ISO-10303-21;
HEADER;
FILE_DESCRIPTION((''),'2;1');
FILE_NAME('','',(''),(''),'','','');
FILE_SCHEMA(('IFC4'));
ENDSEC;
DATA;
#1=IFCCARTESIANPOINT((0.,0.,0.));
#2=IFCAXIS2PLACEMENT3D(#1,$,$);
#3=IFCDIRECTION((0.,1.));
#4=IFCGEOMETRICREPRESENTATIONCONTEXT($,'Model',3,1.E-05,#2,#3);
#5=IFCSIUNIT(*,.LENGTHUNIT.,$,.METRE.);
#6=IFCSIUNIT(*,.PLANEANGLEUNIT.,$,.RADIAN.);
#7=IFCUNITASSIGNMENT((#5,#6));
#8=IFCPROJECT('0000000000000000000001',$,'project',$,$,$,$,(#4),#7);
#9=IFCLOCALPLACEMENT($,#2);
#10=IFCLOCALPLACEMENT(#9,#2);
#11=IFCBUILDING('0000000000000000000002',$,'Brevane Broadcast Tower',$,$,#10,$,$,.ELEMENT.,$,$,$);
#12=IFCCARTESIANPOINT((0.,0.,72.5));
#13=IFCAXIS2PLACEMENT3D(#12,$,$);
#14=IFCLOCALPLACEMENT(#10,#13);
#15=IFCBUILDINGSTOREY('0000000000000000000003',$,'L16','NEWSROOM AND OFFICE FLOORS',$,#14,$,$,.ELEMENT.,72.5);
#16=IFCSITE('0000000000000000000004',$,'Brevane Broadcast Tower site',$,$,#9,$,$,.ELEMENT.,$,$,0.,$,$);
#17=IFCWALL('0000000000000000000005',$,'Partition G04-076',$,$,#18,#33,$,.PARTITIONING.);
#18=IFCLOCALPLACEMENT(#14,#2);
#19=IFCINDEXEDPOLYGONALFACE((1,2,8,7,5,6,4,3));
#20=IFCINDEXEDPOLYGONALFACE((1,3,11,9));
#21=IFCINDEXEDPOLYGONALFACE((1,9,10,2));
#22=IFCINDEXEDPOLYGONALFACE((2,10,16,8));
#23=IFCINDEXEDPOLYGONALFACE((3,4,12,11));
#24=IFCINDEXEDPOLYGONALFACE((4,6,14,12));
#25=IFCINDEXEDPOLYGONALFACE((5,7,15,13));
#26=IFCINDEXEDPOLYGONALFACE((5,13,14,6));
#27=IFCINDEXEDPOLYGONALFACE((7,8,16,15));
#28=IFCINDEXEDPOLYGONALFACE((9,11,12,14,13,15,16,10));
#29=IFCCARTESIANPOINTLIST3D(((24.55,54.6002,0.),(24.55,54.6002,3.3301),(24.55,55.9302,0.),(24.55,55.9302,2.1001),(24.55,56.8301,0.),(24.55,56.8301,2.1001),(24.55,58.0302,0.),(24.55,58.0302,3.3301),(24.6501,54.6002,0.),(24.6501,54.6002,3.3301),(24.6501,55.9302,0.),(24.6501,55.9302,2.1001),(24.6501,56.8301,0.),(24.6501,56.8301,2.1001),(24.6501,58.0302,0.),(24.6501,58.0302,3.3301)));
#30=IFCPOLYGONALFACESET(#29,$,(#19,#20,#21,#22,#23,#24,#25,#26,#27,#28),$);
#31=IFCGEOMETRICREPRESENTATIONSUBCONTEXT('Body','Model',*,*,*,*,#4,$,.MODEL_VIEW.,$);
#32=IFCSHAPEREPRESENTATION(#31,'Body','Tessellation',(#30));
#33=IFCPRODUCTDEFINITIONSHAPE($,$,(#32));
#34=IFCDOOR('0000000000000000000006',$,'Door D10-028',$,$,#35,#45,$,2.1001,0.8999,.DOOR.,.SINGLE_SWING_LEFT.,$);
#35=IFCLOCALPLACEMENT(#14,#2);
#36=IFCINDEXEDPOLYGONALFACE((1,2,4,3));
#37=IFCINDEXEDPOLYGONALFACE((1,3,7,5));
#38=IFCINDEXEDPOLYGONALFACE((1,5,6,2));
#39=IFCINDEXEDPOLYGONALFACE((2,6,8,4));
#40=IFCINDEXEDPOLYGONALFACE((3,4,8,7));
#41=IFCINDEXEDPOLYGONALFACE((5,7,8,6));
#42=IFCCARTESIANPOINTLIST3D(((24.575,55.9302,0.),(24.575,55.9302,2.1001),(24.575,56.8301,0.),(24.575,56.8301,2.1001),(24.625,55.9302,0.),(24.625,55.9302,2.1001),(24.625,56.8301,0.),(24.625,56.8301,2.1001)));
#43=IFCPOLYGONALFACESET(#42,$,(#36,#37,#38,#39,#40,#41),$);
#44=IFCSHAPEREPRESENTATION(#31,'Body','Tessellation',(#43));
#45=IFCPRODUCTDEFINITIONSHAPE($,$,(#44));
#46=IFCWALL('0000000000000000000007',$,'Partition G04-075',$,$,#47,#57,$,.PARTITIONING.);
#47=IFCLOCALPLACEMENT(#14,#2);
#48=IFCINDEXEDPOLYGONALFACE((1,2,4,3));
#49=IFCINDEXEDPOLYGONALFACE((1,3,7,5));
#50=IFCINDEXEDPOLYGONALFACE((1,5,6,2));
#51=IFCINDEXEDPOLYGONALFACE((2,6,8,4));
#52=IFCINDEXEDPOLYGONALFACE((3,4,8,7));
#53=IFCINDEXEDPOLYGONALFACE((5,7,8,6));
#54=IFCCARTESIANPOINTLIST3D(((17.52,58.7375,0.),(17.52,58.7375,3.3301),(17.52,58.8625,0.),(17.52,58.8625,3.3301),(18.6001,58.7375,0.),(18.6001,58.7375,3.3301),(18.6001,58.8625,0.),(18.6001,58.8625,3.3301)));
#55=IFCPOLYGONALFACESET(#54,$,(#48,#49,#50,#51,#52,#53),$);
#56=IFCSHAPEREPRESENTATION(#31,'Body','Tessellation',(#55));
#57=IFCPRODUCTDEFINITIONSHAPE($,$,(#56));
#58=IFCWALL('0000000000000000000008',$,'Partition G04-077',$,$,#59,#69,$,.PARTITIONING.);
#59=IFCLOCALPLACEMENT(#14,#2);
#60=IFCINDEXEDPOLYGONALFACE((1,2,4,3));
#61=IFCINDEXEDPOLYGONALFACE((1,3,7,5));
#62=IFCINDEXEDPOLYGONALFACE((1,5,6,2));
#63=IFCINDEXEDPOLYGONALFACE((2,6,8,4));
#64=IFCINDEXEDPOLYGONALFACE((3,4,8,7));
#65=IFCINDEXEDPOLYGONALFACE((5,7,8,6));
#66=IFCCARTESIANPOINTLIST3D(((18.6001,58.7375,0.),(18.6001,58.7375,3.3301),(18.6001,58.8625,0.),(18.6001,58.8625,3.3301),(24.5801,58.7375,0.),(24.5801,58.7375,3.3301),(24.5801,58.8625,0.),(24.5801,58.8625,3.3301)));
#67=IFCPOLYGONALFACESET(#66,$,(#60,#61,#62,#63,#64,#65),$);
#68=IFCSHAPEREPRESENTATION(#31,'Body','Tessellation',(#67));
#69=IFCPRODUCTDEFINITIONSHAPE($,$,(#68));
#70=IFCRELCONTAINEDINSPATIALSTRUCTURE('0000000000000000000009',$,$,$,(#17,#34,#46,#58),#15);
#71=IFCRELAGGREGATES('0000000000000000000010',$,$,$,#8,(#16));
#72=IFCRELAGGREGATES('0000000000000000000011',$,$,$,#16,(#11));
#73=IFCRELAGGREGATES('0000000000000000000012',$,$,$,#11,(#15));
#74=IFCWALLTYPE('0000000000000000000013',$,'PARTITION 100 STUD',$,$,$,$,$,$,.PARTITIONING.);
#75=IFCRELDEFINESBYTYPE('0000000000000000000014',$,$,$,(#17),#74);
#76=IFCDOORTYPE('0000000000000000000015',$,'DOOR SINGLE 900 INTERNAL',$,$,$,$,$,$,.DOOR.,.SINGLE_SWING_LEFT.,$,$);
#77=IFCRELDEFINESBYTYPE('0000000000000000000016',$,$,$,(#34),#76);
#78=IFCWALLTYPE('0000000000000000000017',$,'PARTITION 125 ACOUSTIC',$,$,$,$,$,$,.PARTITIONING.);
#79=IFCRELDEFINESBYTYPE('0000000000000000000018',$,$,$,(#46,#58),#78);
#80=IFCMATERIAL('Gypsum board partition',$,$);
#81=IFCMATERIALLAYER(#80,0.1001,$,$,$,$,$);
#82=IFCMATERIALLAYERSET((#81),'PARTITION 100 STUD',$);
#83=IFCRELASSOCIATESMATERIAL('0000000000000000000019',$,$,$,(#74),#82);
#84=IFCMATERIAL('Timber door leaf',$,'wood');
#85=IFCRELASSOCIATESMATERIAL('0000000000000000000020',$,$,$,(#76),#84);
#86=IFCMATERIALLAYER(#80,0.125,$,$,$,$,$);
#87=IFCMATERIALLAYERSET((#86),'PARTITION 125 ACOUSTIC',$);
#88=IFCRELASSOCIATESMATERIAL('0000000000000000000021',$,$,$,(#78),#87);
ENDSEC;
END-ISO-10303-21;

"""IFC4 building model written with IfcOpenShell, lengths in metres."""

from ifc_helpers import new_model, si_unit, direction, frame, frame_2d, origin, place, context, subcontext, project, spatial, rectangle, extrude, material, layer, layer_set, type_object, element, fill, save


model = new_model("IFC4")

# Units and contexts
model_context = context("Model", 3, precision=1e-05, world=origin(), true_north=direction((0.0, 1.0)))
body_context = subcontext(model_context, "Body", "Model", "MODEL_VIEW")
ifc_project = project(units=[si_unit("LENGTHUNIT", "METRE"), si_unit("PLANEANGLEUNIT", "RADIAN")], contexts=[model_context])

# Site, building, storey
site_placement = place(None, origin())
site = spatial("IfcSite", under=ifc_project, at=site_placement, Name="Brevane Broadcast Tower site", CompositionType="ELEMENT", RefElevation=0.0)
building_placement = place(site_placement, origin())
building = spatial("IfcBuilding", under=site, at=building_placement, Name="Brevane Broadcast Tower", CompositionType="ELEMENT")
storey_placement = place(building_placement, frame((0.0, 0.0, 72.5)))
storey = spatial("IfcBuildingStorey", under=building, at=storey_placement, Name="L16", Description="NEWSROOM AND OFFICE FLOORS", CompositionType="ELEMENT", Elevation=72.5)

# Shared definitions
ifc_material_1 = material(Name="Gypsum board partition")
ifc_layer_1 = layer(ifc_material_1, 0.1001)
ifc_layer_set_1 = layer_set([ifc_layer_1], Name="PARTITION 100 STUD")
wall_type_1 = type_object("IfcWallType", Name="PARTITION 100 STUD", PredefinedType="PARTITIONING", material=ifc_layer_set_1)

# Shared definitions
ifc_material_2 = material(Name="Timber door leaf", Category="wood")

# Wall, opening, door
wall_1_placement = place(storey_placement, frame((24.6001, 58.03, 0.0), z_axis=(0.0, 0.0, 1.0), x_axis=(0.0, -1.0, 0.0)))
wall_1 = element("IfcWall", 1, at=wall_1_placement, inside=storey, type_object=wall_type_1, Name="Partition G04-076", PredefinedType="PARTITIONING", context=body_context, shape_type="SweptSolid", body=[
    extrude(rectangle(XDim=3.4299, YDim=0.1001, at=frame_2d((1.7148, 0.0))), origin(), (0.0, 0.0, 1.0), 3.3301),
])
opening_1_placement = place(wall_1_placement, frame((1.2, 0.0, 0.0)))
opening_1 = element("IfcOpeningElement", 2, at=opening_1_placement, cuts=wall_1, PredefinedType="OPENING", context=body_context, shape_type="SweptSolid", body=[
    extrude(rectangle(XDim=0.8999, YDim=2.1001, at=frame_2d((0.45, 1.05))), frame((0.0, 0.0601, 0.0), z_axis=(0.0, -1.0, 0.0), x_axis=(1.0, 0.0, 0.0)), (0.0, 0.0, 1.0), 0.1201),
])
door_type_1 = type_object("IfcDoorType", Name="DOOR SINGLE 900 INTERNAL", OperationType="SINGLE_SWING_LEFT", PredefinedType="DOOR", material=ifc_material_2)
door_1_placement = place(opening_1_placement, origin())
door_1 = element("IfcDoor", 3, at=door_1_placement, inside=storey, type_object=door_type_1, Name="Door D10-028", OperationType="SINGLE_SWING_LEFT", OverallHeight=2.1001, OverallWidth=0.8999, PredefinedType="DOOR", context=body_context, shape_type="SweptSolid", body=[
    extrude(rectangle(XDim=0.8999, YDim=2.1001, at=frame_2d((0.45, 1.05))), frame((0.0, 0.0249, 0.0), z_axis=(0.0, -1.0, 0.0), x_axis=(1.0, 0.0, 0.0)), (0.0, 0.0, 1.0), 0.05),
])
fill(opening_1, door_1)

# Walls
ifc_layer_2 = layer(ifc_material_1, 0.125)
ifc_layer_set_2 = layer_set([ifc_layer_2], Name="PARTITION 125 ACOUSTIC")
wall_type_2 = type_object("IfcWallType", Name="PARTITION 125 ACOUSTIC", PredefinedType="PARTITIONING", material=ifc_layer_set_2)
wall_2_placement = place(storey_placement, frame((17.52, 58.8, 0.0), z_axis=(0.0, 0.0, 1.0), x_axis=(1.0, 0.0, 0.0)))
element("IfcWall", 4, at=wall_2_placement, inside=storey, type_object=wall_type_2, Name="Partition G04-075", PredefinedType="PARTITIONING", context=body_context, shape_type="SweptSolid", body=[
    extrude(rectangle(XDim=1.0801, YDim=0.125, at=frame_2d((0.54, 0.0))), origin(), (0.0, 0.0, 1.0), 3.3301),
])
wall_3_placement = place(storey_placement, frame((18.6001, 58.8, 0.0), z_axis=(0.0, 0.0, 1.0), x_axis=(1.0, 0.0, 0.0)))
element("IfcWall", 5, at=wall_3_placement, inside=storey, type_object=wall_type_2, Name="Partition G04-077", PredefinedType="PARTITIONING", context=body_context, shape_type="SweptSolid", body=[
    extrude(rectangle(XDim=5.98, YDim=0.125, at=frame_2d((2.99, 0.0))), origin(), (0.0, 0.0, 1.0), 3.3301),
])

save(model, "model.ifc")
